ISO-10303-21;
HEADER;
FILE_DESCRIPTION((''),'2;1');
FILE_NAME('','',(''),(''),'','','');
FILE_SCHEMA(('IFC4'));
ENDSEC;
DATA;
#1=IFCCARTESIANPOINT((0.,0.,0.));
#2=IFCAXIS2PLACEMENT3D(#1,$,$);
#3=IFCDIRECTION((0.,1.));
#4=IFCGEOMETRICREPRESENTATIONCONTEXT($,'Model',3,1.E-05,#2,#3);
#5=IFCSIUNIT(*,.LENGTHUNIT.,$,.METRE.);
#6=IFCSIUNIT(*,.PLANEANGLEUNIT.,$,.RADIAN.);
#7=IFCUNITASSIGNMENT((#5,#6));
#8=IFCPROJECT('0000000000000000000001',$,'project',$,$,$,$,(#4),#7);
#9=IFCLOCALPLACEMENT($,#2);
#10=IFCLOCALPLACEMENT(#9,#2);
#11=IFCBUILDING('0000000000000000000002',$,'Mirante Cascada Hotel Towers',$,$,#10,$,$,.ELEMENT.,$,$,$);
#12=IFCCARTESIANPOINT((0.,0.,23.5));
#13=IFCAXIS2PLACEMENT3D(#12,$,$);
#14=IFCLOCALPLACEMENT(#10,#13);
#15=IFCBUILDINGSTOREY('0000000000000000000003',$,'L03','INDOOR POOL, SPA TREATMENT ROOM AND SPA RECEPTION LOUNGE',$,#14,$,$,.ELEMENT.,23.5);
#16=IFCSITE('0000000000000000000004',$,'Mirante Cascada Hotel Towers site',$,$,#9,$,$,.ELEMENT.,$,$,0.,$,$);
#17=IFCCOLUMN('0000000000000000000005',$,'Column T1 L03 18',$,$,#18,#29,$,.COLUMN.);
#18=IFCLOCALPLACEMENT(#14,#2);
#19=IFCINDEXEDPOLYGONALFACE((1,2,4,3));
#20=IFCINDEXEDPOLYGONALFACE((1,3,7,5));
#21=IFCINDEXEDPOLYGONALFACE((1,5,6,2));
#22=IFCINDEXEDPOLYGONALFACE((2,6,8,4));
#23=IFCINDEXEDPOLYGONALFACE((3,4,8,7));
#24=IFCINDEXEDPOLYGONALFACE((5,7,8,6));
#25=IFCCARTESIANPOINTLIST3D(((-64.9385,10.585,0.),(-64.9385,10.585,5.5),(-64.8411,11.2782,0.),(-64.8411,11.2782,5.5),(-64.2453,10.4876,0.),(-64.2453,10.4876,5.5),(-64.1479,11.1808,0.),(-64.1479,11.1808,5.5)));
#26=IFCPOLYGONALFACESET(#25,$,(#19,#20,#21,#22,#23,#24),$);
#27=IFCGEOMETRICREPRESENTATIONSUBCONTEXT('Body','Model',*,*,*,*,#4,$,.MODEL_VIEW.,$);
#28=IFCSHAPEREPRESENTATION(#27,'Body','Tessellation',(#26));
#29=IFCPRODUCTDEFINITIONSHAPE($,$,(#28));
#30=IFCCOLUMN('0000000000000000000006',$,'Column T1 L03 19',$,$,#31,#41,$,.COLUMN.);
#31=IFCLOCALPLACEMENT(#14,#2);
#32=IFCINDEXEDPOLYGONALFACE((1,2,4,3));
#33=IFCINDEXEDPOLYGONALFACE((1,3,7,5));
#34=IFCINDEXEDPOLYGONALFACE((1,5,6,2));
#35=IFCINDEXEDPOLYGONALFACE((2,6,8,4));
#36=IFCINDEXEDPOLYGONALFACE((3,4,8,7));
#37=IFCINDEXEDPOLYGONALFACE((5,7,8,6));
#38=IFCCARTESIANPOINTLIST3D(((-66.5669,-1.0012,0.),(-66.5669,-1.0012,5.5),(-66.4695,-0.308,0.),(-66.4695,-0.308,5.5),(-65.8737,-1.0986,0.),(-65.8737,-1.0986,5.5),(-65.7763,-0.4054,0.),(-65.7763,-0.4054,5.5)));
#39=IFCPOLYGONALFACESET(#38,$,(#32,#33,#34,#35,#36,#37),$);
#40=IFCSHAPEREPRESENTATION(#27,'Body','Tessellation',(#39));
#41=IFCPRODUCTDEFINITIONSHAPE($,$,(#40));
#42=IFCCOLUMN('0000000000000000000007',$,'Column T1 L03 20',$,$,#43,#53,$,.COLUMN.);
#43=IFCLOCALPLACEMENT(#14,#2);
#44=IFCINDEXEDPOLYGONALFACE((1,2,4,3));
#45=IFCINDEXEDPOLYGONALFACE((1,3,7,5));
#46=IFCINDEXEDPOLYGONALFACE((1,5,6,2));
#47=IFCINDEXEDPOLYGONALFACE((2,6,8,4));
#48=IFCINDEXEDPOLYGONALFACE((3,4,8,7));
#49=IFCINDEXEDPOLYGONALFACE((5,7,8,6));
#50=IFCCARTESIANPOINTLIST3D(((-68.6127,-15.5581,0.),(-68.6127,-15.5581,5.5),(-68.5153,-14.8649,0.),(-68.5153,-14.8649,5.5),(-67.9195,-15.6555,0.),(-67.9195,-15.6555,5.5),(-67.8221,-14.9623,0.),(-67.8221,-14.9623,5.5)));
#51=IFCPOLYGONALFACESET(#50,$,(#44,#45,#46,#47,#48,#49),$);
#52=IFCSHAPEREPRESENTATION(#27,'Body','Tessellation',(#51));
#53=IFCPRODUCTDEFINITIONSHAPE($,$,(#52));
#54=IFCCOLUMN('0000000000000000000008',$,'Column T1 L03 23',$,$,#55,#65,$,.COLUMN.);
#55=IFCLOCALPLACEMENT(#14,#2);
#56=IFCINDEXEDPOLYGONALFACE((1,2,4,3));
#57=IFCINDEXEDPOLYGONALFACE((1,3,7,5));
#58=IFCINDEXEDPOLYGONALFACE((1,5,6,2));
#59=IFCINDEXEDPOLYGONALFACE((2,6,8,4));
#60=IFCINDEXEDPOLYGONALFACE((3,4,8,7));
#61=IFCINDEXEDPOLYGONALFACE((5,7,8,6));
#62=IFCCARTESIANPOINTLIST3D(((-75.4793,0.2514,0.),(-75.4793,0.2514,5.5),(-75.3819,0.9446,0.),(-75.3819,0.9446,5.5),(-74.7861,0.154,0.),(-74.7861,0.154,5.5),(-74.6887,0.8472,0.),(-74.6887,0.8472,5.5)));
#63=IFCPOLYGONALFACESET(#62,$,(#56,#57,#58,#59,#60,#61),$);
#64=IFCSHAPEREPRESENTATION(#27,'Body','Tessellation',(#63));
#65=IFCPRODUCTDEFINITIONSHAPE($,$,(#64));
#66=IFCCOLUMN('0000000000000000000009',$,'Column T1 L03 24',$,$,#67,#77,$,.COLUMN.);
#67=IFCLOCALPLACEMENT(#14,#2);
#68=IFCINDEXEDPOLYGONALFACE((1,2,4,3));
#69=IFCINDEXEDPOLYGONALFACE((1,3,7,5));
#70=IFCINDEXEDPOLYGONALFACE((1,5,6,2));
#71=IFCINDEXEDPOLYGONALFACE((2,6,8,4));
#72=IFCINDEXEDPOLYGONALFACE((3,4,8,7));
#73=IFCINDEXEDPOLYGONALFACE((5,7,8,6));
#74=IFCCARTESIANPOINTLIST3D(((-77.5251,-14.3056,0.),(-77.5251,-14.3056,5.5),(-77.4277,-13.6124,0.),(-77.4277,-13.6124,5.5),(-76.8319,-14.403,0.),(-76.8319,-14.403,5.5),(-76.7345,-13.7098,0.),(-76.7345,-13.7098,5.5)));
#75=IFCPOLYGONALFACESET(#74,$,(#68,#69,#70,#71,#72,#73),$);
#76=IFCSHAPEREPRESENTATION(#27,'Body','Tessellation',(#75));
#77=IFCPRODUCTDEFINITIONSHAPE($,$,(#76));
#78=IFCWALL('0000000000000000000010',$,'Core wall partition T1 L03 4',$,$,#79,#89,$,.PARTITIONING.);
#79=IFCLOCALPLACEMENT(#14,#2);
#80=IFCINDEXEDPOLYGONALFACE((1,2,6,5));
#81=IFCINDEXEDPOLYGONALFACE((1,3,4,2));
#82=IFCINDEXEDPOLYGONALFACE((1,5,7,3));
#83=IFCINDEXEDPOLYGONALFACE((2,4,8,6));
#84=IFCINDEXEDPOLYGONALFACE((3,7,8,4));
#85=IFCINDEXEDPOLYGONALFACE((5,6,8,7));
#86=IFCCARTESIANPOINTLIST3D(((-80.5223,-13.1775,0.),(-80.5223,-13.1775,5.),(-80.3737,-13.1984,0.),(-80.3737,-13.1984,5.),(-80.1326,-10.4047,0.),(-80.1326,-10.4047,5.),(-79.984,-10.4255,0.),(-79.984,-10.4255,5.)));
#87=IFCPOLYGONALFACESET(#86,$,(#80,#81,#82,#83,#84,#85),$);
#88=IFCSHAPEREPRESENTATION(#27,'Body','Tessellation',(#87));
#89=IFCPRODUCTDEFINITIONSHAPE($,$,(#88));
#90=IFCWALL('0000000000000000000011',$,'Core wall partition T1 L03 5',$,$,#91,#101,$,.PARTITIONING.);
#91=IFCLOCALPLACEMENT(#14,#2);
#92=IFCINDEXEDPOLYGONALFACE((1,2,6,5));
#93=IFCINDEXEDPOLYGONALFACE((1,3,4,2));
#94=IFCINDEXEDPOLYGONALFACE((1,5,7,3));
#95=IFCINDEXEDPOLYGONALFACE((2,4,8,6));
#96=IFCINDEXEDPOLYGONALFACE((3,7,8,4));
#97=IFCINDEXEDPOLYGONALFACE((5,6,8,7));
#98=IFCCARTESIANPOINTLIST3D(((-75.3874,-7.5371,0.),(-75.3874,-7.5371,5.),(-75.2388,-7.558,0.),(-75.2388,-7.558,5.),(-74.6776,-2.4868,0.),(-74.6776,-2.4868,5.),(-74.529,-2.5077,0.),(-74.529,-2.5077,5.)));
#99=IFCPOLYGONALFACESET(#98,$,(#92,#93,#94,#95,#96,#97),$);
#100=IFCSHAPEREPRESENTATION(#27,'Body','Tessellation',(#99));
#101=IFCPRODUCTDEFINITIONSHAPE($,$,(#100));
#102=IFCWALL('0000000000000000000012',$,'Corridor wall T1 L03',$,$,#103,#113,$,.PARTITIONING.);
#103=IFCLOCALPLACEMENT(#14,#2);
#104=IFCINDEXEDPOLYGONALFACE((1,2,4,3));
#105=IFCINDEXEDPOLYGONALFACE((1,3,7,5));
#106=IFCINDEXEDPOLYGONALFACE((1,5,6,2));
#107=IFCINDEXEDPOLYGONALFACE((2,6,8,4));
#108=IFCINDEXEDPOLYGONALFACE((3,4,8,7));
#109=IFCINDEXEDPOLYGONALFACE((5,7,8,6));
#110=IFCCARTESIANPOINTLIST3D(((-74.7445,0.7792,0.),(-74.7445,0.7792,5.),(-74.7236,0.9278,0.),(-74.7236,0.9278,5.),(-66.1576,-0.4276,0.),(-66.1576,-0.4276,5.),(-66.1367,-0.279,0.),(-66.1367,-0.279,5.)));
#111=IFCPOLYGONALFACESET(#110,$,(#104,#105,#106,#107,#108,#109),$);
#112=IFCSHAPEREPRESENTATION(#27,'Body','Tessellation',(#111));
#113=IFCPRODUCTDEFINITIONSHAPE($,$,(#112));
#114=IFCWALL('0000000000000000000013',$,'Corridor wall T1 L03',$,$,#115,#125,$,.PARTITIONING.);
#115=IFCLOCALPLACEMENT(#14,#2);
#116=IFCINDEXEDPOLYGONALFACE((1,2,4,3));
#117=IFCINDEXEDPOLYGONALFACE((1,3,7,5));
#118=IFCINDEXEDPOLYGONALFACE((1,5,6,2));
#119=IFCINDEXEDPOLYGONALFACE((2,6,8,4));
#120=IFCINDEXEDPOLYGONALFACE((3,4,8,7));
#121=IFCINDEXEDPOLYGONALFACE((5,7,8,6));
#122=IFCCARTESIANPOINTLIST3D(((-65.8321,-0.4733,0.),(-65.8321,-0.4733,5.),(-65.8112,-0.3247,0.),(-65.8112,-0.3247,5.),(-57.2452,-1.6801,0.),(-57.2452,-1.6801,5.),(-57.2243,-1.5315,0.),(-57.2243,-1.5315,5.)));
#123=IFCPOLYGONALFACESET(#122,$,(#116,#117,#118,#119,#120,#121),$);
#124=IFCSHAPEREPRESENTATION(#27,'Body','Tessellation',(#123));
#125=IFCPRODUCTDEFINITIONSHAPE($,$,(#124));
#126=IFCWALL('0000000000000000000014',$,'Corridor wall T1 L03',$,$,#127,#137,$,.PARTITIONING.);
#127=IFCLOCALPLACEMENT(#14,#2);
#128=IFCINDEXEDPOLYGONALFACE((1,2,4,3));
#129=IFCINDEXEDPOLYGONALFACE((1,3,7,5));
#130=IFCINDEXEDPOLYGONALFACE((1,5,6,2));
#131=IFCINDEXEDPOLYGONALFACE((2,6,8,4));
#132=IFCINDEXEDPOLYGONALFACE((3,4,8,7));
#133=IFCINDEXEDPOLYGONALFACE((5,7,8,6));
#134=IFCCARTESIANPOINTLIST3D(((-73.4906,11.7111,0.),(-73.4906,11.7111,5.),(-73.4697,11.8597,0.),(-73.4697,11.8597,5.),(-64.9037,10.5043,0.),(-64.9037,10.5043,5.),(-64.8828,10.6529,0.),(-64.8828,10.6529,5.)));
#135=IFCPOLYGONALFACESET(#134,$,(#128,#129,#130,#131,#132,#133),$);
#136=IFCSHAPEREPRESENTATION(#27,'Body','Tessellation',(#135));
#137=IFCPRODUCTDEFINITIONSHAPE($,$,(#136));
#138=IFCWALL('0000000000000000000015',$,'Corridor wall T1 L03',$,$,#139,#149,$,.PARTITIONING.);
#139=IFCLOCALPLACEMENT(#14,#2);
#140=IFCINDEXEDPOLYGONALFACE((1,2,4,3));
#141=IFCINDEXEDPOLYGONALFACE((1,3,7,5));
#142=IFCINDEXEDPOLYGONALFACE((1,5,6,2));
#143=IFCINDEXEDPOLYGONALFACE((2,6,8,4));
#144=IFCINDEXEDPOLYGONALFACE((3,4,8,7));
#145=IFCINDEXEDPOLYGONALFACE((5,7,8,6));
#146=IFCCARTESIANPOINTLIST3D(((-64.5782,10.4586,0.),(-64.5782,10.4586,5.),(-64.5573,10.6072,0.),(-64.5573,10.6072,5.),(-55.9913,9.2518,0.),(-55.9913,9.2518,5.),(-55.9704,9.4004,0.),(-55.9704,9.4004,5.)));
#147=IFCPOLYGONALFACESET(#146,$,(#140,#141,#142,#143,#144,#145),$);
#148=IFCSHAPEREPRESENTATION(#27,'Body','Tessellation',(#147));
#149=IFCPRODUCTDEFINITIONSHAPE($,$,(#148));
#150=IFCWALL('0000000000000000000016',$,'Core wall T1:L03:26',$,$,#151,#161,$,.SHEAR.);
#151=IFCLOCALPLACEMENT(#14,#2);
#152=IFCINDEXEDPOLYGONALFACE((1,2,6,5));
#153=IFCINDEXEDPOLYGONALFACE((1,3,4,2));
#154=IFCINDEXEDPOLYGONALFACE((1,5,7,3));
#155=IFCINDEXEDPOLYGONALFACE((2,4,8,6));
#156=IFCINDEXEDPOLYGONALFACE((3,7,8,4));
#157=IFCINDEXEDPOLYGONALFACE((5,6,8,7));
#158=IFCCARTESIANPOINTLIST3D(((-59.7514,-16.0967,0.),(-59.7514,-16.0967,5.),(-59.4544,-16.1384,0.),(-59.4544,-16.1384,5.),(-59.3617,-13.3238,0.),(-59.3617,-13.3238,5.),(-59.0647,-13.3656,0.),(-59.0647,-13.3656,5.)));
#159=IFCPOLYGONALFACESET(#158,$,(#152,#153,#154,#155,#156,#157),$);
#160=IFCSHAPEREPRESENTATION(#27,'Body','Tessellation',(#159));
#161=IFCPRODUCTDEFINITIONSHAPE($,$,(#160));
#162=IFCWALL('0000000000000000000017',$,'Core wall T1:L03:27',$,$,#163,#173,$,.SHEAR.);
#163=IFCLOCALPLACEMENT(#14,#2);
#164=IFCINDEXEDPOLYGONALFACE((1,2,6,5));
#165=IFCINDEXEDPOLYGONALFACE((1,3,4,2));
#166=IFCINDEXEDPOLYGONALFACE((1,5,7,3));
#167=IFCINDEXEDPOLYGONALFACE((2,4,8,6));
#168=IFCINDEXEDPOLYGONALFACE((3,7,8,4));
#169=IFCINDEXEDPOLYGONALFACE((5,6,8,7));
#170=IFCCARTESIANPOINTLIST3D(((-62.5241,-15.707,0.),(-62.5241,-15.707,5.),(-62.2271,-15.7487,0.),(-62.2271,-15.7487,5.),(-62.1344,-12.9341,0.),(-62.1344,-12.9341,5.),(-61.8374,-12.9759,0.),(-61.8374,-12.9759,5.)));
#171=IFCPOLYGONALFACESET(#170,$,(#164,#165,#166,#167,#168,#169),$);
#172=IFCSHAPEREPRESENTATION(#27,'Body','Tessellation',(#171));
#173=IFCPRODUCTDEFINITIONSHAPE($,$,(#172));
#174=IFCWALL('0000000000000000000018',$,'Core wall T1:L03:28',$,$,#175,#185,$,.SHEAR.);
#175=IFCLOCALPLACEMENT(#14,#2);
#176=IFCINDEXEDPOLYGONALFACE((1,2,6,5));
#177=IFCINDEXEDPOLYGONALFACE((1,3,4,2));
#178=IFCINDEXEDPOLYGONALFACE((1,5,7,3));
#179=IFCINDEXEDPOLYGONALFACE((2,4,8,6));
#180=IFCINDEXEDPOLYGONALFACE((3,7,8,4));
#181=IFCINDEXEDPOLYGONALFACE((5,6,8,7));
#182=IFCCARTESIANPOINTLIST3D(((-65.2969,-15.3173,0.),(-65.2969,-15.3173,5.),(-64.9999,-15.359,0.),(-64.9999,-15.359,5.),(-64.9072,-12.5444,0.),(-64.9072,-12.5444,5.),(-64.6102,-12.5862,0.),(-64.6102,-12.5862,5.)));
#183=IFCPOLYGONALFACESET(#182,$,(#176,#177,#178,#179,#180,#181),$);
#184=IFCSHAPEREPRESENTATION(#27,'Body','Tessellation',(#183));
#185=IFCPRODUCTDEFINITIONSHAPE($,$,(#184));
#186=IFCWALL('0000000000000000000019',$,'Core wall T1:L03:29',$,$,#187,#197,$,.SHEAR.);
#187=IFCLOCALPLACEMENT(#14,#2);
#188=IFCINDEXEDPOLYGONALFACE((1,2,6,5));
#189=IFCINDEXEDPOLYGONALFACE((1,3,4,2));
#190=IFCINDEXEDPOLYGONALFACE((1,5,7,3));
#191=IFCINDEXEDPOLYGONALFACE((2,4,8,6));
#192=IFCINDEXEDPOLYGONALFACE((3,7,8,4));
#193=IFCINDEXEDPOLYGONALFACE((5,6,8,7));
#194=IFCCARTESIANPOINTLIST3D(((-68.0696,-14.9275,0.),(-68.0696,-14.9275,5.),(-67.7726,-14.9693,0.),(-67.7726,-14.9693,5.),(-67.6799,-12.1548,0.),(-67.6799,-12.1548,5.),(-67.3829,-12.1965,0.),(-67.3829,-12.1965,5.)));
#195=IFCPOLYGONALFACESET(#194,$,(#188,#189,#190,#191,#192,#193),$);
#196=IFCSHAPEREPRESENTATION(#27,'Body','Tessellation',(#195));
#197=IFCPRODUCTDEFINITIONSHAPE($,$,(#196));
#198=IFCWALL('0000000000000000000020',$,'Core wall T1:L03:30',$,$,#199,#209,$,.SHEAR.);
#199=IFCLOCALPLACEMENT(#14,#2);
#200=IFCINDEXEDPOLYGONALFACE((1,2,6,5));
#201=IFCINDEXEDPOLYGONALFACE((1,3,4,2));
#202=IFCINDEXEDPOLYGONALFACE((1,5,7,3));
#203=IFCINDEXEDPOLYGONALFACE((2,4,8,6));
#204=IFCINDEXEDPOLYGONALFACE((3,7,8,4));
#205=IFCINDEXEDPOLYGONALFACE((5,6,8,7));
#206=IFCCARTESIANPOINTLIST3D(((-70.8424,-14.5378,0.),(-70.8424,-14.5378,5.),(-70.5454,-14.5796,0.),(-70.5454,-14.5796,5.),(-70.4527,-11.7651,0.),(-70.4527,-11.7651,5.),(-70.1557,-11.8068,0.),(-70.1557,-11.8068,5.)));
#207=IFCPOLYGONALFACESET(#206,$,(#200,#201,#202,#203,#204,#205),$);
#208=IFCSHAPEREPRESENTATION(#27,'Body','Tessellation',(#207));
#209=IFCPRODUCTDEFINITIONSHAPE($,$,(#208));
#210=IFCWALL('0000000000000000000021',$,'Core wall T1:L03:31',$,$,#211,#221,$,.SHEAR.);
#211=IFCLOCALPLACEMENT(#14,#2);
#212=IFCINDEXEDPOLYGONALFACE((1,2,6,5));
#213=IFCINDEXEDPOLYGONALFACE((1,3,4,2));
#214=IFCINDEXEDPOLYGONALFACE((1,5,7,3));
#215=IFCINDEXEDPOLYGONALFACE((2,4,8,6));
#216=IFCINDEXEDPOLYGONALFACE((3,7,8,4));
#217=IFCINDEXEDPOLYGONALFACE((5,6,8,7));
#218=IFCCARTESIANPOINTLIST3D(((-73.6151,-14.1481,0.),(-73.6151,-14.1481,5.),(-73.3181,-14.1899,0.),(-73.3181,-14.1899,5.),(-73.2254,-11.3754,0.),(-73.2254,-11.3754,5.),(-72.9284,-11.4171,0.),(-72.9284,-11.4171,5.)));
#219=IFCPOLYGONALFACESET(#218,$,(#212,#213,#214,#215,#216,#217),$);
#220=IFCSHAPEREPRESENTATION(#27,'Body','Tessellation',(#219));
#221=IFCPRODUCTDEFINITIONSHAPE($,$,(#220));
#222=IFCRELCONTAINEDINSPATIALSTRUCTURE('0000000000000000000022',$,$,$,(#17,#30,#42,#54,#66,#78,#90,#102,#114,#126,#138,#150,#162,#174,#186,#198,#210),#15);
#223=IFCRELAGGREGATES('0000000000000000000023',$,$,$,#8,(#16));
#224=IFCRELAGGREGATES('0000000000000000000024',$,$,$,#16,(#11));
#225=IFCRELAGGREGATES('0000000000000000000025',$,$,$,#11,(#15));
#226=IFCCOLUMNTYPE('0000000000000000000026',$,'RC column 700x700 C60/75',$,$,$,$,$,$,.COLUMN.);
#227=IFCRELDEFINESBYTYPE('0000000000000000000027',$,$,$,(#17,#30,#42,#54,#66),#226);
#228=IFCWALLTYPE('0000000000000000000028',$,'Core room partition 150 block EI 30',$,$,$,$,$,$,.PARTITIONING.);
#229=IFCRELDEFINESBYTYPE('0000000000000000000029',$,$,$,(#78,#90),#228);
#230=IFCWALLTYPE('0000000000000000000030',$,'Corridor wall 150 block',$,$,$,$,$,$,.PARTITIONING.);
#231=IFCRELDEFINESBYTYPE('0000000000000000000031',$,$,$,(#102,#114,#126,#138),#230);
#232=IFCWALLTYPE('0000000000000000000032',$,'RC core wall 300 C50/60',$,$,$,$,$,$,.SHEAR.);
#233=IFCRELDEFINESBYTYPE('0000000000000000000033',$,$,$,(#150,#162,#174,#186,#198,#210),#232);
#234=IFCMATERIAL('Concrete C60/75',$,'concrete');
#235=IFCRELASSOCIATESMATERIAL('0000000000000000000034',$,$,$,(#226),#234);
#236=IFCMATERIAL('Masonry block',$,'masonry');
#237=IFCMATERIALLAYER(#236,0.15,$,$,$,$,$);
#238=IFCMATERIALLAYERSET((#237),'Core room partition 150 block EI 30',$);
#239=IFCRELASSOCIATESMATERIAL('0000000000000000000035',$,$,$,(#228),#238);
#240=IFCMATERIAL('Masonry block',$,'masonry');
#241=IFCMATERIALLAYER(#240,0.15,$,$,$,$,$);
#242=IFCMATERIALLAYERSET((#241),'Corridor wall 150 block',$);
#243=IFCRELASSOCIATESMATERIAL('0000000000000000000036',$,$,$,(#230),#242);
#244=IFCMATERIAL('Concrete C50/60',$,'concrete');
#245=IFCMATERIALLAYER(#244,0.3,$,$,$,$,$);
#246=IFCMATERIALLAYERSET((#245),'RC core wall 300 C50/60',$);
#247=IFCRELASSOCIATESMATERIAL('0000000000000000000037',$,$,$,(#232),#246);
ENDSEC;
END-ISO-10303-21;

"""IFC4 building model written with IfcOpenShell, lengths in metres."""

from ifc_helpers import new_model, si_unit, direction, frame, frame_2d, origin, origin_2d, place, context, subcontext, project, spatial, rectangle, extrude, material, layer, layer_set, material_profile, profile_set, type_object, element, save


model = new_model("IFC4")

# Units and contexts
model_context = context("Model", 3, precision=1e-05, world=origin(), true_north=direction((0.0, 1.0)))
body_context = subcontext(model_context, "Body", "Model", "MODEL_VIEW")
ifc_project = project(units=[si_unit("LENGTHUNIT", "METRE"), si_unit("PLANEANGLEUNIT", "RADIAN")], contexts=[model_context])

# Site, building, storey
site_placement = place(None, origin())
site = spatial("IfcSite", under=ifc_project, at=site_placement, Name="Mirante Cascada Hotel Towers site", CompositionType="ELEMENT", RefElevation=0.0)
building_placement = place(site_placement, origin())
building = spatial("IfcBuilding", under=site, at=building_placement, Name="Mirante Cascada Hotel Towers", CompositionType="ELEMENT")
storey_placement = place(building_placement, frame((0.0, 0.0, 23.5)))
storey = spatial("IfcBuildingStorey", under=building, at=storey_placement, Name="L03", Description="INDOOR POOL, SPA TREATMENT ROOM AND SPA RECEPTION LOUNGE", CompositionType="ELEMENT", Elevation=23.5)

# Columns
ifc_material_1 = material(Name="Concrete C60/75", Category="concrete")
ifc_material_profile = material_profile(ifc_material_1, rectangle(XDim=0.7, YDim=0.7, at=origin_2d()), Name="RC column 700x700 C60/75")
ifc_profile_set = profile_set([ifc_material_profile], Name="Concrete C60/75")
column_type = type_object("IfcColumnType", Name="RC column 700x700 C60/75", PredefinedType="COLUMN", material=ifc_profile_set)
for number, where, z_axis, x_axis, name in (
    (1, (-64.5432, 10.8829, 0.0), (0.0, 0.0, 1.0), (-0.990268, 0.139173, 0.0), "Column T1 L03 18"),
    (2, (-66.1716, -0.7033, 0.0), (0.0, 0.0, 1.0), (-0.990268, 0.139173, 0.0), "Column T1 L03 19"),
    (3, (-68.2174, -15.2602, 0.0), (0.0, 0.0, 1.0), (-0.990268, 0.139173, 0.0), "Column T1 L03 20"),
    (4, (-75.084, 0.5493, 0.0), (0.0, 0.0, 1.0), (-0.990268, 0.139173, 0.0), "Column T1 L03 23"),
    (5, (-77.1298, -14.0077, 0.0), (0.0, 0.0, 1.0), (-0.990268, 0.139173, 0.0), "Column T1 L03 24"),
):
    element("IfcColumn", number, at=place(storey_placement, frame(where, z_axis=z_axis, x_axis=x_axis)), inside=storey, type_object=column_type, Name=name, PredefinedType="COLUMN", context=body_context, shape_type="SweptSolid", body=[
        extrude(rectangle(XDim=0.7, YDim=0.7, at=origin_2d()), origin(), (0.0, 0.0, 1.0), 5.5),
    ])

# Walls
ifc_material_2 = material(Name="Masonry block", Category="masonry")
ifc_layer_1 = layer(ifc_material_2, 0.15)
ifc_layer_set_1 = layer_set([ifc_layer_1], Name="Core room partition 150 block EI 30")
wall_type_1 = type_object("IfcWallType", Name="Core room partition 150 block EI 30", PredefinedType="PARTITIONING", material=ifc_layer_set_1)
wall_1_placement = place(storey_placement, frame((-80.448, -13.1879, 0.0), z_axis=(0.0, 0.0, 1.0), x_axis=(0.139176, 0.990268, 0.0)))
element("IfcWall", 6, at=wall_1_placement, inside=storey, type_object=wall_type_1, Name="Core wall partition T1 L03 4", PredefinedType="PARTITIONING", context=body_context, shape_type="SweptSolid", body=[
    extrude(rectangle(XDim=2.8001, YDim=0.15, at=frame_2d((1.4, 0.0))), origin(), (0.0, 0.0, 1.0), 5.0),
])
wall_2_placement = place(storey_placement, frame((-75.3131, -7.5476, 0.0), z_axis=(0.0, 0.0, 1.0), x_axis=(0.139178, 0.990267, 0.0)))
element("IfcWall", 7, at=wall_2_placement, inside=storey, type_object=wall_type_1, Name="Core wall partition T1 L03 5", PredefinedType="PARTITIONING", context=body_context, shape_type="SweptSolid", body=[
    extrude(rectangle(XDim=5.0999, YDim=0.15, at=frame_2d((2.55, 0.0))), origin(), (0.0, 0.0, 1.0), 5.0),
])
ifc_material_3 = material(Name="Masonry block", Category="masonry")
ifc_layer_2 = layer(ifc_material_3, 0.15)
ifc_layer_set_2 = layer_set([ifc_layer_2], Name="Corridor wall 150 block")
wall_type_2 = type_object("IfcWallType", Name="Corridor wall 150 block", PredefinedType="PARTITIONING", material=ifc_layer_set_2)
for number, where, z_axis, x_axis, name in (
    (8, (-74.734, 0.8535, 0.0), (0.0, 0.0, 1.0), (0.990268, -0.139172, 0.0), "Corridor wall T1 L03"),
    (9, (-65.8216, -0.399, 0.0), (0.0, 0.0, 1.0), (0.990268, -0.139172, 0.0), "Corridor wall T1 L03"),
    (10, (-73.4801, 11.7854, 0.0), (0.0, 0.0, 1.0), (0.990268, -0.139172, 0.0), "Corridor wall T1 L03"),
    (11, (-64.5677, 10.5329, 0.0), (0.0, 0.0, 1.0), (0.990268, -0.139172, 0.0), "Corridor wall T1 L03"),
):
    element("IfcWall", number, at=place(storey_placement, frame(where, z_axis=z_axis, x_axis=x_axis)), inside=storey, type_object=wall_type_2, Name=name, PredefinedType="PARTITIONING", context=body_context, shape_type="SweptSolid", body=[
        extrude(rectangle(XDim=8.6713, YDim=0.15, at=frame_2d((4.3356, 0.0))), origin(), (0.0, 0.0, 1.0), 5.0),
    ])
ifc_material_4 = material(Name="Concrete C50/60", Category="concrete")
ifc_layer_3 = layer(ifc_material_4, 0.3)
ifc_layer_set_3 = layer_set([ifc_layer_3], Name="RC core wall 300 C50/60")
wall_type_3 = type_object("IfcWallType", Name="RC core wall 300 C50/60", PredefinedType="SHEAR", material=ifc_layer_set_3)
for number, where, z_axis, x_axis, name in (
    (12, (-59.6029, -16.1175, 0.0), (0.0, 0.0, 1.0), (0.139176, 0.990268, 0.0), "Core wall T1:L03:26"),
    (13, (-62.3756, -15.7278, 0.0), (0.0, 0.0, 1.0), (0.139176, 0.990268, 0.0), "Core wall T1:L03:27"),
    (14, (-65.1484, -15.3381, 0.0), (0.0, 0.0, 1.0), (0.139176, 0.990268, 0.0), "Core wall T1:L03:28"),
):
    element("IfcWall", number, at=place(storey_placement, frame(where, z_axis=z_axis, x_axis=x_axis)), inside=storey, type_object=wall_type_3, Name=name, PredefinedType="SHEAR", context=body_context, shape_type="SweptSolid", body=[
        extrude(rectangle(XDim=2.8001, YDim=0.3, at=frame_2d((1.4, 0.0))), origin(), (0.0, 0.0, 1.0), 5.0),
    ])
for number, where, z_axis, x_axis, name in (
    (15, (-67.9211, -14.9484, 0.0), (0.0, 0.0, 1.0), (0.139181, 0.990267, 0.0), "Core wall T1:L03:29"),
    (16, (-70.6939, -14.5587, 0.0), (0.0, 0.0, 1.0), (0.139181, 0.990267, 0.0), "Core wall T1:L03:30"),
    (17, (-73.4666, -14.169, 0.0), (0.0, 0.0, 1.0), (0.139181, 0.990267, 0.0), "Core wall T1:L03:31"),
):
    element("IfcWall", number, at=place(storey_placement, frame(where, z_axis=z_axis, x_axis=x_axis)), inside=storey, type_object=wall_type_3, Name=name, PredefinedType="SHEAR", context=body_context, shape_type="SweptSolid", body=[
        extrude(rectangle(XDim=2.8, YDim=0.3, at=frame_2d((1.4, 0.0))), origin(), (0.0, 0.0, 1.0), 5.0),
    ])

save(model, "model.ifc")
